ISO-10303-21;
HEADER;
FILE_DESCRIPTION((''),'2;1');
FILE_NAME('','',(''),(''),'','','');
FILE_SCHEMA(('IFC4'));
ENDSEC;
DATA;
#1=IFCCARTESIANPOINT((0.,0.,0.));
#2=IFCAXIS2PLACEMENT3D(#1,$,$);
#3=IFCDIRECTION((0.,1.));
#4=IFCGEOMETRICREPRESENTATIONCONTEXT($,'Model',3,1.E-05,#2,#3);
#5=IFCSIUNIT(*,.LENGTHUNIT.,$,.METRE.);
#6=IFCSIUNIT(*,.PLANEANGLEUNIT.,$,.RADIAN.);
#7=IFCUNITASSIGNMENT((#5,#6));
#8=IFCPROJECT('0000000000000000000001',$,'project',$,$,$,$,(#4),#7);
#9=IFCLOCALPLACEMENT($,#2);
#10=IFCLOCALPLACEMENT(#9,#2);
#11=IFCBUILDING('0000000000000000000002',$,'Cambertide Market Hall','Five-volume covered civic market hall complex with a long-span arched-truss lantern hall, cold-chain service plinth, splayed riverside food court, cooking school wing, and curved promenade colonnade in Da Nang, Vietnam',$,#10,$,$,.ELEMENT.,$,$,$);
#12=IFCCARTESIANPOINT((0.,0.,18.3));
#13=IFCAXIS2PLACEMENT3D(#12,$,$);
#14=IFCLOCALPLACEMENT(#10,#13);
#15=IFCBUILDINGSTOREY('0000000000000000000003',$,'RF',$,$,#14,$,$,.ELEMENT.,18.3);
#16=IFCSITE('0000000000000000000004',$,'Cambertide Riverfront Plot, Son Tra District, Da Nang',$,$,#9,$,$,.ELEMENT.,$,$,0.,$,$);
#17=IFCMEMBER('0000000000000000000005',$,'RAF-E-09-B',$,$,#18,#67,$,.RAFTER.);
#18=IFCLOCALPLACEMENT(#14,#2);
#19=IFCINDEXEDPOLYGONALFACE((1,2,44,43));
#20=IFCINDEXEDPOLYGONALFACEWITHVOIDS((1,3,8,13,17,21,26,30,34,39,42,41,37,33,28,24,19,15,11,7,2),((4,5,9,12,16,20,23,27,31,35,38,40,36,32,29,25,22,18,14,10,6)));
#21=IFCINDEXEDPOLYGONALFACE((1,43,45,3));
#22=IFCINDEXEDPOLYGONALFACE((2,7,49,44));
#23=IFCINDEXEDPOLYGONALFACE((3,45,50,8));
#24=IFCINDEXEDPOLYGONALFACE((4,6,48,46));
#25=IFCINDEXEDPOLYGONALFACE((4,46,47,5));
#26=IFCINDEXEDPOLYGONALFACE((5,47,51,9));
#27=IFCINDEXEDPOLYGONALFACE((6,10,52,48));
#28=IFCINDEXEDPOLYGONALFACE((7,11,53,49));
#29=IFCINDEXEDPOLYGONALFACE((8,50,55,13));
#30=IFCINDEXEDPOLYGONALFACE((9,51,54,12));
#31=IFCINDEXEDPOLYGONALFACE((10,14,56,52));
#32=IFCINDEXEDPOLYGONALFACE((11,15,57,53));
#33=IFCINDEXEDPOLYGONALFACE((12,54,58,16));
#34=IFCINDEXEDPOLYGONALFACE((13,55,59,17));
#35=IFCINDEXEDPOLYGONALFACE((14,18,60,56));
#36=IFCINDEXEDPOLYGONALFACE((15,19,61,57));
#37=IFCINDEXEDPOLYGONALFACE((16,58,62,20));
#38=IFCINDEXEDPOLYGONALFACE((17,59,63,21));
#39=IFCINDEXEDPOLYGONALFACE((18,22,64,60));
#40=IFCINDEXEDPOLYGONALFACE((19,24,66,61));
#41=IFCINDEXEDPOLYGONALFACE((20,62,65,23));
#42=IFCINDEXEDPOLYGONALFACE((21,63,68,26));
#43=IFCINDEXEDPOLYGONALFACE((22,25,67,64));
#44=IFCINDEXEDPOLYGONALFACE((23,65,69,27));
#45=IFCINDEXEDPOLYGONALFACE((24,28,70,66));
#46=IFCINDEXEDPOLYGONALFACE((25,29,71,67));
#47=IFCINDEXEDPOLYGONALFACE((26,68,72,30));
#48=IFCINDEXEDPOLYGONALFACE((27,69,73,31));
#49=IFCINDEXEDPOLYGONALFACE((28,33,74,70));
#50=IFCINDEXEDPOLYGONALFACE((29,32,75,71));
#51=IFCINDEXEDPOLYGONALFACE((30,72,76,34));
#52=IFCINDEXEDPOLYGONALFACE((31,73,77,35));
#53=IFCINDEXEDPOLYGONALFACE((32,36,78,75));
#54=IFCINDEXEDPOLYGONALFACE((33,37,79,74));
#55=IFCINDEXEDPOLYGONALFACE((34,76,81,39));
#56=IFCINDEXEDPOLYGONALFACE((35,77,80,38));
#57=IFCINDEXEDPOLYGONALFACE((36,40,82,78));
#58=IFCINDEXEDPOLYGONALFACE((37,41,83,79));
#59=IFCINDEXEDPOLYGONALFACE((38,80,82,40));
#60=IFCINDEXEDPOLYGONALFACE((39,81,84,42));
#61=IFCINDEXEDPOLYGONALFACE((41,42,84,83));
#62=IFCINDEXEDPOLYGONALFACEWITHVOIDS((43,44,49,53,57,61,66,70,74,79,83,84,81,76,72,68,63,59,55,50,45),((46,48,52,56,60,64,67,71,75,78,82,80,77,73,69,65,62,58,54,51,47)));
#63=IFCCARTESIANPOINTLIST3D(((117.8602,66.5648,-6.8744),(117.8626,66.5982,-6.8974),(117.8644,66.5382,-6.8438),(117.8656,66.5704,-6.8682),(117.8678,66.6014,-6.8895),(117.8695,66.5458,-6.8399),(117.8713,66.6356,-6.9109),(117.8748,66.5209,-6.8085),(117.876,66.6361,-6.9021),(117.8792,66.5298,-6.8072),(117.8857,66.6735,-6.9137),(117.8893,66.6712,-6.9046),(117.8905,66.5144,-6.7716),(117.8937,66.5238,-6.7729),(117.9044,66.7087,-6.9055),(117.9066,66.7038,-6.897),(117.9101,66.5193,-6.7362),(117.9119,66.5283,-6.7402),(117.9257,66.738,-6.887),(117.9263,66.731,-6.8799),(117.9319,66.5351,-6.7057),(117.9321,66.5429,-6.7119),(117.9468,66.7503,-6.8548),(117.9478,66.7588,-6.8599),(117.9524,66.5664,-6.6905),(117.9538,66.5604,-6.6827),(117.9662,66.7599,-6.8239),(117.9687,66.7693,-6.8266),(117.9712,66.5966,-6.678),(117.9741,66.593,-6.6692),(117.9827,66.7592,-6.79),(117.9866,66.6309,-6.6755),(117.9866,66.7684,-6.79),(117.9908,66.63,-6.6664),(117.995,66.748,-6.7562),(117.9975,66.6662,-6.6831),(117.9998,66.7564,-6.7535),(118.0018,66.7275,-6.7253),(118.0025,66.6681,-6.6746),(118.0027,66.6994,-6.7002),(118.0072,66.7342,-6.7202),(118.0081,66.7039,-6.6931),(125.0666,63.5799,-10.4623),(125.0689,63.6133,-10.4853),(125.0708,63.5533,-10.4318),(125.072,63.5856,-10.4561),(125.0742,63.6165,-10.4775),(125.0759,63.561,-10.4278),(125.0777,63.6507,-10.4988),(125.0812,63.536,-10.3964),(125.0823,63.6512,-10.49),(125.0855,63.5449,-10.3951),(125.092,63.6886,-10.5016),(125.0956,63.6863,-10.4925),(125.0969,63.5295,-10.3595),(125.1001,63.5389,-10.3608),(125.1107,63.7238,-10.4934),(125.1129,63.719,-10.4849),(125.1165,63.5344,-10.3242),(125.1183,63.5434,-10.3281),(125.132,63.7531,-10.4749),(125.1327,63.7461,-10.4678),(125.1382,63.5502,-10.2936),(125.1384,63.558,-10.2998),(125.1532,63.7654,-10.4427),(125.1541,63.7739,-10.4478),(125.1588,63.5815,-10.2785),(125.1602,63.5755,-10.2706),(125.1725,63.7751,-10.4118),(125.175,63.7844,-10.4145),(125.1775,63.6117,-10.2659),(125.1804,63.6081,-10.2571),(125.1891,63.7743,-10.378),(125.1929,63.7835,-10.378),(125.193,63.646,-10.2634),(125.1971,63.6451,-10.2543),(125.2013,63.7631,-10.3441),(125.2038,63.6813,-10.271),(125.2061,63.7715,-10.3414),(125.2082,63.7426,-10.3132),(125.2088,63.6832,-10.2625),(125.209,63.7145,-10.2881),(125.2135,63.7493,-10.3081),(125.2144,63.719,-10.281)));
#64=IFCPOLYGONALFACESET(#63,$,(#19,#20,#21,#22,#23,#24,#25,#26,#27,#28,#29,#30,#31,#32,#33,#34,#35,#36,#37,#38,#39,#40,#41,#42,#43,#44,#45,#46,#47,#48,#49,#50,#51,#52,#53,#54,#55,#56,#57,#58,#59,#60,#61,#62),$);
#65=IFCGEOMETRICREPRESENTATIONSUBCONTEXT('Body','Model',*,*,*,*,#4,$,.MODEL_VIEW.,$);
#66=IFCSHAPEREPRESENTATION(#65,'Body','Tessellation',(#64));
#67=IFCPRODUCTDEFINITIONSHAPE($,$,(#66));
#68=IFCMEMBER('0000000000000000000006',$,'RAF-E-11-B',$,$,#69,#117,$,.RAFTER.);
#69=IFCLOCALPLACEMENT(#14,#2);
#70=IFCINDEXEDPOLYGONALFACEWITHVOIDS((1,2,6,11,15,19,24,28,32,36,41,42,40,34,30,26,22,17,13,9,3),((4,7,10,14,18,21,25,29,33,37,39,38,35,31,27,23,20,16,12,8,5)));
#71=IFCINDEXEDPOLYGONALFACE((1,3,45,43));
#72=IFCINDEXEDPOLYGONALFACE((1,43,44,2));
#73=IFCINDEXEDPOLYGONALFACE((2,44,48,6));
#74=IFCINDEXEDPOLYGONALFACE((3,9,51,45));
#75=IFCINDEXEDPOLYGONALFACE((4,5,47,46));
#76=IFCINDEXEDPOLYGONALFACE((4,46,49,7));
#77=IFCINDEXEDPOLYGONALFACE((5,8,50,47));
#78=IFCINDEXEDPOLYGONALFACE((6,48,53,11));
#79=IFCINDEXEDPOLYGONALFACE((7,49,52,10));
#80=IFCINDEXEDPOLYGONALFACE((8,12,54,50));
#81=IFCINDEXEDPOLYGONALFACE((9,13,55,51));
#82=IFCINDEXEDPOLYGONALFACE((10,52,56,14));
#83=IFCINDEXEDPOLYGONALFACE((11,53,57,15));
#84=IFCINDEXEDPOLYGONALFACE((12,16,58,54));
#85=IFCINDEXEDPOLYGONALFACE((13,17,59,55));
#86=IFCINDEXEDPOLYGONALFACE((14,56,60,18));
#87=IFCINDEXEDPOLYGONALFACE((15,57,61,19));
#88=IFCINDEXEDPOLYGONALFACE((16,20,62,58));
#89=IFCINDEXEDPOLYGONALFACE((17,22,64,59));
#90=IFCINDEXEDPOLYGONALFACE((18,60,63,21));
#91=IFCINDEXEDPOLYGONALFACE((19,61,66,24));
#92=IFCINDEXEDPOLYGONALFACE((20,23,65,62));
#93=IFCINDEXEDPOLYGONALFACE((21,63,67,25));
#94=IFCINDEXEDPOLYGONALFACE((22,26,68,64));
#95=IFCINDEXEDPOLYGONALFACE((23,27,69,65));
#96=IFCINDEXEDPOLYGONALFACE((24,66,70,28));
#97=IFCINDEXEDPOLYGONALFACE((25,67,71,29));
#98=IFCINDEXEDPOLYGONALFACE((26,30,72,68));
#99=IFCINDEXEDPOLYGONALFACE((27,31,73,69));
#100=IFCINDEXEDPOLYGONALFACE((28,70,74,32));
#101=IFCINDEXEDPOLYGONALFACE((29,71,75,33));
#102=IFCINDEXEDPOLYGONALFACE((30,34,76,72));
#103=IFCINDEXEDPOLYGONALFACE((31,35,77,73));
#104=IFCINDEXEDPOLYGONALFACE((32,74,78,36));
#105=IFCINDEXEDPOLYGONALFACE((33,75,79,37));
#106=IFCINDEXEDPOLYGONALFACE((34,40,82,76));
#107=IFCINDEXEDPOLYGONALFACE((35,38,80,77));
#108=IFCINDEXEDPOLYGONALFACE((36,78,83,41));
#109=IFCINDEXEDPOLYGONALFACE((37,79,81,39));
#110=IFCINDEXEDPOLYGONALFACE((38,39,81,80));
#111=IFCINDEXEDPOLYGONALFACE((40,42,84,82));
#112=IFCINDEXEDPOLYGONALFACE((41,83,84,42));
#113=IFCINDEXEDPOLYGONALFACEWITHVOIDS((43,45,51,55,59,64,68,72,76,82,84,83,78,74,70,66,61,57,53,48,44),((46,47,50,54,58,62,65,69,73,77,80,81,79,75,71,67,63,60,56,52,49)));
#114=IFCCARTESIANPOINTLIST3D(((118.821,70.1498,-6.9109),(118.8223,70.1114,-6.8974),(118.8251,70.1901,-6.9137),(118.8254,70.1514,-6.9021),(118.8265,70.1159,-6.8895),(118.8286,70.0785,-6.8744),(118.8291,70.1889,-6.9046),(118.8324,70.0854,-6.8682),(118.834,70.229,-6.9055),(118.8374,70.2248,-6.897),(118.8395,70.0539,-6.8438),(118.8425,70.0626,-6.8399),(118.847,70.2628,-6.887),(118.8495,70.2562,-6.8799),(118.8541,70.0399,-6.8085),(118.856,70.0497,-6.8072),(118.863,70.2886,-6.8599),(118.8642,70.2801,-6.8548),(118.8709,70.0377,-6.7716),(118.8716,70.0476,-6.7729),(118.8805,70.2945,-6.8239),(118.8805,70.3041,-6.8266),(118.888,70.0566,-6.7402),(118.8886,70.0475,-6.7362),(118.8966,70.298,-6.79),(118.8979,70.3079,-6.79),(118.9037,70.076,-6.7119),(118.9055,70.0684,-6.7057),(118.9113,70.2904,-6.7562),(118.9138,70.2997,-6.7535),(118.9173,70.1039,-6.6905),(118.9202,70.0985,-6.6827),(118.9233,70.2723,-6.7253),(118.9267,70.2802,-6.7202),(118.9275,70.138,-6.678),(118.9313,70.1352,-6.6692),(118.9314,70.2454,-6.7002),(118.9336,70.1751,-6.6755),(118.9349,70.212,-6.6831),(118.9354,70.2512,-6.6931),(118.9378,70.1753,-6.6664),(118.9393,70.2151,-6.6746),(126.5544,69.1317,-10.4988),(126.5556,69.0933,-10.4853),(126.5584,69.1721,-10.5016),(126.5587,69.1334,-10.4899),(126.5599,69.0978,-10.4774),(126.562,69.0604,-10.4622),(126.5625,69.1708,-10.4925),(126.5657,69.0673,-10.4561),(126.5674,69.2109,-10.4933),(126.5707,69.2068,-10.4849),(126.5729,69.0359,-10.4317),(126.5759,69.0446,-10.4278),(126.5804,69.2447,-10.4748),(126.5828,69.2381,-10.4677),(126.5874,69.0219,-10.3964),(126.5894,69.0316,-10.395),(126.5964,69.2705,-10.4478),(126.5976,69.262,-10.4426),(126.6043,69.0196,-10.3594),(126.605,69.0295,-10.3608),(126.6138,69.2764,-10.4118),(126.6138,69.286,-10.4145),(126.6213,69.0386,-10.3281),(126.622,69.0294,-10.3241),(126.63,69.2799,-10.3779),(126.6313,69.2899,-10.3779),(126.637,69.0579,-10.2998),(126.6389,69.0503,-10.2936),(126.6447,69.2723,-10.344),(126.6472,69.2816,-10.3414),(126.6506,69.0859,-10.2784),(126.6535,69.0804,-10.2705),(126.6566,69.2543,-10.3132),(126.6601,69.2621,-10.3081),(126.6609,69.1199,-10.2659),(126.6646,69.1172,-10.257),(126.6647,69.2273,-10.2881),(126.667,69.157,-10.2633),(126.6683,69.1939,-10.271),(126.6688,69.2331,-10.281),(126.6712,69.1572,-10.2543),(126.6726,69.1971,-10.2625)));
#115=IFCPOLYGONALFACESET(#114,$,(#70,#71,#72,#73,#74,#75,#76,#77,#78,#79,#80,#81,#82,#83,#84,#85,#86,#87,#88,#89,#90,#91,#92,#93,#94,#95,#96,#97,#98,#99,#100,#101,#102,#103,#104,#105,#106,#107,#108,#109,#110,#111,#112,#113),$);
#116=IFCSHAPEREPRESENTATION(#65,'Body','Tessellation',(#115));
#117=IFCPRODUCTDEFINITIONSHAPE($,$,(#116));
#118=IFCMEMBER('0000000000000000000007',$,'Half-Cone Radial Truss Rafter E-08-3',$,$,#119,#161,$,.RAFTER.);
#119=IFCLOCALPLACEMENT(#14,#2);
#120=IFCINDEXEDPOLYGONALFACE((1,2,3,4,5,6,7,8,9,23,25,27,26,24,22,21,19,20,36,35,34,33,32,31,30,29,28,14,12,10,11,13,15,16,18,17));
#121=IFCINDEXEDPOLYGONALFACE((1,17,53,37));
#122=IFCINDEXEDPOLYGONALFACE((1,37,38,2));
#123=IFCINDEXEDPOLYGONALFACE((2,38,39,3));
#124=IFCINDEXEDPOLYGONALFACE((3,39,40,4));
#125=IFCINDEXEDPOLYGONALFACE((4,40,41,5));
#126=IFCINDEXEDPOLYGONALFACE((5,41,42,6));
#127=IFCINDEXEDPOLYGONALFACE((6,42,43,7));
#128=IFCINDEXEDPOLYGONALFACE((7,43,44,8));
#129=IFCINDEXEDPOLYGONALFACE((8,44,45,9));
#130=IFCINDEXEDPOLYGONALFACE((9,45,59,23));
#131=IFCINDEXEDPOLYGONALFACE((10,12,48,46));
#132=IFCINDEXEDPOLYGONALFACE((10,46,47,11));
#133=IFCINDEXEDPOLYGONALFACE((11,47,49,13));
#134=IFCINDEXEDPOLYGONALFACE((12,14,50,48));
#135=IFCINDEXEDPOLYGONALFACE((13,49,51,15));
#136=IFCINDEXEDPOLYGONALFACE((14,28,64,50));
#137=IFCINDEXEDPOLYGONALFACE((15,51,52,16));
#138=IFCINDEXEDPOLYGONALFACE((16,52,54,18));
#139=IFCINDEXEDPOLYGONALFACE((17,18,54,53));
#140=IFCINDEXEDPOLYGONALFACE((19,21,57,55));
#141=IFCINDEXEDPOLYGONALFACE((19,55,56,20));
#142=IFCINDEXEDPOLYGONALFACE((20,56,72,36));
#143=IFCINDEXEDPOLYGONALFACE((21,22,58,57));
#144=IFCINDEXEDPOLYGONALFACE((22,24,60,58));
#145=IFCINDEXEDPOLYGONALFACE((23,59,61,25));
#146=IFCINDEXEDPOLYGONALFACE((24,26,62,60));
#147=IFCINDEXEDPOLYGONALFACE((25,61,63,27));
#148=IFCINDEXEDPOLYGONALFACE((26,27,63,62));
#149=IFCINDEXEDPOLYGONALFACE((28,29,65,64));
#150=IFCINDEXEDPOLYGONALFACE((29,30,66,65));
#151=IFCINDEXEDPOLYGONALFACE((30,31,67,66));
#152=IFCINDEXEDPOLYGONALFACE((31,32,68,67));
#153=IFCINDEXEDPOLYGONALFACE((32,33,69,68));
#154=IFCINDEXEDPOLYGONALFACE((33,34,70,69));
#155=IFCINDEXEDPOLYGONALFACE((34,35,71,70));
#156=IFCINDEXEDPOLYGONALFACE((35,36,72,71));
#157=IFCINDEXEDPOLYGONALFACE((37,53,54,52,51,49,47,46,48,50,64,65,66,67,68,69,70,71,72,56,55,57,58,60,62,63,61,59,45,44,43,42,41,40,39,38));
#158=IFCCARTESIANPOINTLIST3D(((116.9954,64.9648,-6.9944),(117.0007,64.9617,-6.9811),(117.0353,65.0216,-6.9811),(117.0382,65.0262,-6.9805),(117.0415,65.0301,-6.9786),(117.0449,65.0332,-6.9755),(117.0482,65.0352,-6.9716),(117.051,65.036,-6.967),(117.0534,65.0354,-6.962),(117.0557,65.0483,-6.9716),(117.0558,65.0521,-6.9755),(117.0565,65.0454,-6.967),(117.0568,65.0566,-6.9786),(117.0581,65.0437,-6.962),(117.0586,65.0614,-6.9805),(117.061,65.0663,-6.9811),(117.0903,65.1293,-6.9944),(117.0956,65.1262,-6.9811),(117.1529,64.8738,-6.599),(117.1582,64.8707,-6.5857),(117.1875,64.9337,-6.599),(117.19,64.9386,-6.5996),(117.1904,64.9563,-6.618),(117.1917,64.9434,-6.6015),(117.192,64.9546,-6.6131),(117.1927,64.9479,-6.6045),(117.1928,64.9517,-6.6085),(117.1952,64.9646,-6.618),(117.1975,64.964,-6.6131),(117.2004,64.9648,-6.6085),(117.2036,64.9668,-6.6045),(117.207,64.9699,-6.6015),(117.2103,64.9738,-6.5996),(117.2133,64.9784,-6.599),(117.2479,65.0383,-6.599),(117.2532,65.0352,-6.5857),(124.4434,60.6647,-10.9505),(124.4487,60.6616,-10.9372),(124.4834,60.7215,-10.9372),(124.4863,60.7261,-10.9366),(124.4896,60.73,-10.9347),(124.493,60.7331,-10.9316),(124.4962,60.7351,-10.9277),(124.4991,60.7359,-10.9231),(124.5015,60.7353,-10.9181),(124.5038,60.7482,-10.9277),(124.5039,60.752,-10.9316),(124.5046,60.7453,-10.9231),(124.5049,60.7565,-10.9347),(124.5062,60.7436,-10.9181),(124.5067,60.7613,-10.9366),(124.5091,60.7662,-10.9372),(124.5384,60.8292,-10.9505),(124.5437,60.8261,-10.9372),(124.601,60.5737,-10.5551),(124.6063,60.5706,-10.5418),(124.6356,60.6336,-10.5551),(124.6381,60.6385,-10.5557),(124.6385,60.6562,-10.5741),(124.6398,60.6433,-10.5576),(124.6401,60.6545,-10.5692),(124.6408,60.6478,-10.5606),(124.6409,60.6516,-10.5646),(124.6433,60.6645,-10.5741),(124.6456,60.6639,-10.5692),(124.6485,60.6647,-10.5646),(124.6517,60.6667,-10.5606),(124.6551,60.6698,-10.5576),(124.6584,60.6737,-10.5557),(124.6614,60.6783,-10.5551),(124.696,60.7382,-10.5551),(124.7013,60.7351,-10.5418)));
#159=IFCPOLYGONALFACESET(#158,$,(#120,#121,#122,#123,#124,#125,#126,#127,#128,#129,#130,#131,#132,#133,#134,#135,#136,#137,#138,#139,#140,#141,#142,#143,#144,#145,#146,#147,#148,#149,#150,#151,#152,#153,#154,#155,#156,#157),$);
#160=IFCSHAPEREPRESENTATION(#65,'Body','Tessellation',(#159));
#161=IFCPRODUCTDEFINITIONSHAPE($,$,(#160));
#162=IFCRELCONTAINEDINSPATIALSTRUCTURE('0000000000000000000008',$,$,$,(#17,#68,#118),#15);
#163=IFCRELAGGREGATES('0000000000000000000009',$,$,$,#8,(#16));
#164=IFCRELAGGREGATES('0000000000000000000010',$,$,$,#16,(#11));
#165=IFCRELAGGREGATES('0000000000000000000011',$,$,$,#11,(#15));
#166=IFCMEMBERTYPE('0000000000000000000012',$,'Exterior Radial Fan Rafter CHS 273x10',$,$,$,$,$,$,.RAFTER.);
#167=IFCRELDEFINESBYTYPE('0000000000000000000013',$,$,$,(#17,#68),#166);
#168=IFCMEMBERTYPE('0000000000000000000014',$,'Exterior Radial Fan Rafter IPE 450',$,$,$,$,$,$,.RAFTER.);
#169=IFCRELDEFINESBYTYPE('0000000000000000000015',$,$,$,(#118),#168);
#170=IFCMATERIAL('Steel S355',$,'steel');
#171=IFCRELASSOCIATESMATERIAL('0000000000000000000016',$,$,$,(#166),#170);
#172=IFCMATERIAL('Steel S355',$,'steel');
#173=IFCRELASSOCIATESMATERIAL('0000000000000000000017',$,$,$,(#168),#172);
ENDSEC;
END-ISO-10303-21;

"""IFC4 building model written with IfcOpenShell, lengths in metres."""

from ifc_helpers import new_model, si_unit, direction, frame, origin, origin_2d, place, context, subcontext, project, spatial, hollow_circle, i_section, extrude, material, material_profile, profile_set, type_object, element, save


model = new_model("IFC4")

# Units and contexts
model_context = context("Model", 3, precision=1e-05, world=origin(), true_north=direction((0.0, 1.0)))
body_context = subcontext(model_context, "Body", "Model", "MODEL_VIEW")
ifc_project = project(units=[si_unit("LENGTHUNIT", "METRE"), si_unit("PLANEANGLEUNIT", "RADIAN")], contexts=[model_context])

# Site, building, storey
site_placement = place(None, origin())
site = spatial("IfcSite", under=ifc_project, at=site_placement, Name="Cambertide Riverfront Plot, Son Tra District, Da Nang", CompositionType="ELEMENT", RefElevation=0.0)
building_placement = place(site_placement, origin())
building = spatial("IfcBuilding", under=site, at=building_placement, Name="Cambertide Market Hall", Description="Five-volume covered civic market hall complex with a long-span arched-truss lantern hall, cold-chain service plinth, splayed riverside food court, cooking school wing, and curved promenade colonnade in Da Nang, Vietnam", CompositionType="ELEMENT")
storey_placement = place(building_placement, frame((0.0, 0.0, 18.3)))
storey = spatial("IfcBuildingStorey", under=building, at=storey_placement, Name="RF", CompositionType="ELEMENT", Elevation=18.3)

# Members
ifc_material_1 = material(Name="Steel S355", Category="steel")
ifc_material_profile_1 = material_profile(ifc_material_1, hollow_circle(Radius=0.1365, WallThickness=0.01, at=origin_2d()), Name="CHS 273x10")
ifc_profile_set_1 = profile_set([ifc_material_profile_1], Name="Steel S355")
member_type_1 = type_object("IfcMemberType", Name="Exterior Radial Fan Rafter CHS 273x10", PredefinedType="RAFTER", material=ifc_profile_set_1)
for number, where, z_axis, x_axis, name in (
    (1, (117.9343, 66.6423, -6.79), (0.839344, -0.347658, -0.417895), (0.382674, 0.923883, 0.0), "RAF-E-09-B"),
    (2, (118.8801, 70.1726, -6.79), (0.900726, -0.118576, -0.41789), (0.130519, 0.991446, 0.0), "RAF-E-11-B"),
):
    element("IfcMember", number, at=place(storey_placement, frame(where, z_axis=z_axis, x_axis=x_axis)), inside=storey, type_object=member_type_1, Name=name, PredefinedType="RAFTER", context=body_context, shape_type="SweptSolid", body=[
        extrude(hollow_circle(Radius=0.1365, WallThickness=0.01, at=origin_2d()), origin(), (0.0, 0.0, 1.0), 8.5857),
    ])
ifc_material_2 = material(Name="Steel S355", Category="steel")
ifc_material_profile_2 = material_profile(ifc_material_2, i_section(OverallWidth=0.1899, OverallDepth=0.45, WebThickness=0.0095, FlangeThickness=0.0146, FilletRadius=0.021, at=origin_2d()), Name="IPE 450")
ifc_profile_set_2 = profile_set([ifc_material_profile_2], Name="Steel S355")
member_type_2 = type_object("IfcMemberType", Name="Exterior Radial Fan Rafter IPE 450", PredefinedType="RAFTER", material=ifc_profile_set_2)
member_1_placement = place(storey_placement, frame((117.1243, 65.0, -6.79), z_axis=(0.786779, -0.454241, -0.417903), x_axis=(0.499995, 0.866028, 0.0)))
element("IfcMember", 3, at=member_1_placement, inside=storey, type_object=member_type_2, Name="Half-Cone Radial Truss Rafter E-08-3", PredefinedType="RAFTER", context=body_context, shape_type="SweptSolid", body=[
    extrude(i_section(OverallWidth=0.1899, OverallDepth=0.45, WebThickness=0.0095, FlangeThickness=0.0146, FilletRadius=0.021, at=origin_2d()), origin(), (0.0, 0.0, 1.0), 9.4666),
])

save(model, "model.ifc")
